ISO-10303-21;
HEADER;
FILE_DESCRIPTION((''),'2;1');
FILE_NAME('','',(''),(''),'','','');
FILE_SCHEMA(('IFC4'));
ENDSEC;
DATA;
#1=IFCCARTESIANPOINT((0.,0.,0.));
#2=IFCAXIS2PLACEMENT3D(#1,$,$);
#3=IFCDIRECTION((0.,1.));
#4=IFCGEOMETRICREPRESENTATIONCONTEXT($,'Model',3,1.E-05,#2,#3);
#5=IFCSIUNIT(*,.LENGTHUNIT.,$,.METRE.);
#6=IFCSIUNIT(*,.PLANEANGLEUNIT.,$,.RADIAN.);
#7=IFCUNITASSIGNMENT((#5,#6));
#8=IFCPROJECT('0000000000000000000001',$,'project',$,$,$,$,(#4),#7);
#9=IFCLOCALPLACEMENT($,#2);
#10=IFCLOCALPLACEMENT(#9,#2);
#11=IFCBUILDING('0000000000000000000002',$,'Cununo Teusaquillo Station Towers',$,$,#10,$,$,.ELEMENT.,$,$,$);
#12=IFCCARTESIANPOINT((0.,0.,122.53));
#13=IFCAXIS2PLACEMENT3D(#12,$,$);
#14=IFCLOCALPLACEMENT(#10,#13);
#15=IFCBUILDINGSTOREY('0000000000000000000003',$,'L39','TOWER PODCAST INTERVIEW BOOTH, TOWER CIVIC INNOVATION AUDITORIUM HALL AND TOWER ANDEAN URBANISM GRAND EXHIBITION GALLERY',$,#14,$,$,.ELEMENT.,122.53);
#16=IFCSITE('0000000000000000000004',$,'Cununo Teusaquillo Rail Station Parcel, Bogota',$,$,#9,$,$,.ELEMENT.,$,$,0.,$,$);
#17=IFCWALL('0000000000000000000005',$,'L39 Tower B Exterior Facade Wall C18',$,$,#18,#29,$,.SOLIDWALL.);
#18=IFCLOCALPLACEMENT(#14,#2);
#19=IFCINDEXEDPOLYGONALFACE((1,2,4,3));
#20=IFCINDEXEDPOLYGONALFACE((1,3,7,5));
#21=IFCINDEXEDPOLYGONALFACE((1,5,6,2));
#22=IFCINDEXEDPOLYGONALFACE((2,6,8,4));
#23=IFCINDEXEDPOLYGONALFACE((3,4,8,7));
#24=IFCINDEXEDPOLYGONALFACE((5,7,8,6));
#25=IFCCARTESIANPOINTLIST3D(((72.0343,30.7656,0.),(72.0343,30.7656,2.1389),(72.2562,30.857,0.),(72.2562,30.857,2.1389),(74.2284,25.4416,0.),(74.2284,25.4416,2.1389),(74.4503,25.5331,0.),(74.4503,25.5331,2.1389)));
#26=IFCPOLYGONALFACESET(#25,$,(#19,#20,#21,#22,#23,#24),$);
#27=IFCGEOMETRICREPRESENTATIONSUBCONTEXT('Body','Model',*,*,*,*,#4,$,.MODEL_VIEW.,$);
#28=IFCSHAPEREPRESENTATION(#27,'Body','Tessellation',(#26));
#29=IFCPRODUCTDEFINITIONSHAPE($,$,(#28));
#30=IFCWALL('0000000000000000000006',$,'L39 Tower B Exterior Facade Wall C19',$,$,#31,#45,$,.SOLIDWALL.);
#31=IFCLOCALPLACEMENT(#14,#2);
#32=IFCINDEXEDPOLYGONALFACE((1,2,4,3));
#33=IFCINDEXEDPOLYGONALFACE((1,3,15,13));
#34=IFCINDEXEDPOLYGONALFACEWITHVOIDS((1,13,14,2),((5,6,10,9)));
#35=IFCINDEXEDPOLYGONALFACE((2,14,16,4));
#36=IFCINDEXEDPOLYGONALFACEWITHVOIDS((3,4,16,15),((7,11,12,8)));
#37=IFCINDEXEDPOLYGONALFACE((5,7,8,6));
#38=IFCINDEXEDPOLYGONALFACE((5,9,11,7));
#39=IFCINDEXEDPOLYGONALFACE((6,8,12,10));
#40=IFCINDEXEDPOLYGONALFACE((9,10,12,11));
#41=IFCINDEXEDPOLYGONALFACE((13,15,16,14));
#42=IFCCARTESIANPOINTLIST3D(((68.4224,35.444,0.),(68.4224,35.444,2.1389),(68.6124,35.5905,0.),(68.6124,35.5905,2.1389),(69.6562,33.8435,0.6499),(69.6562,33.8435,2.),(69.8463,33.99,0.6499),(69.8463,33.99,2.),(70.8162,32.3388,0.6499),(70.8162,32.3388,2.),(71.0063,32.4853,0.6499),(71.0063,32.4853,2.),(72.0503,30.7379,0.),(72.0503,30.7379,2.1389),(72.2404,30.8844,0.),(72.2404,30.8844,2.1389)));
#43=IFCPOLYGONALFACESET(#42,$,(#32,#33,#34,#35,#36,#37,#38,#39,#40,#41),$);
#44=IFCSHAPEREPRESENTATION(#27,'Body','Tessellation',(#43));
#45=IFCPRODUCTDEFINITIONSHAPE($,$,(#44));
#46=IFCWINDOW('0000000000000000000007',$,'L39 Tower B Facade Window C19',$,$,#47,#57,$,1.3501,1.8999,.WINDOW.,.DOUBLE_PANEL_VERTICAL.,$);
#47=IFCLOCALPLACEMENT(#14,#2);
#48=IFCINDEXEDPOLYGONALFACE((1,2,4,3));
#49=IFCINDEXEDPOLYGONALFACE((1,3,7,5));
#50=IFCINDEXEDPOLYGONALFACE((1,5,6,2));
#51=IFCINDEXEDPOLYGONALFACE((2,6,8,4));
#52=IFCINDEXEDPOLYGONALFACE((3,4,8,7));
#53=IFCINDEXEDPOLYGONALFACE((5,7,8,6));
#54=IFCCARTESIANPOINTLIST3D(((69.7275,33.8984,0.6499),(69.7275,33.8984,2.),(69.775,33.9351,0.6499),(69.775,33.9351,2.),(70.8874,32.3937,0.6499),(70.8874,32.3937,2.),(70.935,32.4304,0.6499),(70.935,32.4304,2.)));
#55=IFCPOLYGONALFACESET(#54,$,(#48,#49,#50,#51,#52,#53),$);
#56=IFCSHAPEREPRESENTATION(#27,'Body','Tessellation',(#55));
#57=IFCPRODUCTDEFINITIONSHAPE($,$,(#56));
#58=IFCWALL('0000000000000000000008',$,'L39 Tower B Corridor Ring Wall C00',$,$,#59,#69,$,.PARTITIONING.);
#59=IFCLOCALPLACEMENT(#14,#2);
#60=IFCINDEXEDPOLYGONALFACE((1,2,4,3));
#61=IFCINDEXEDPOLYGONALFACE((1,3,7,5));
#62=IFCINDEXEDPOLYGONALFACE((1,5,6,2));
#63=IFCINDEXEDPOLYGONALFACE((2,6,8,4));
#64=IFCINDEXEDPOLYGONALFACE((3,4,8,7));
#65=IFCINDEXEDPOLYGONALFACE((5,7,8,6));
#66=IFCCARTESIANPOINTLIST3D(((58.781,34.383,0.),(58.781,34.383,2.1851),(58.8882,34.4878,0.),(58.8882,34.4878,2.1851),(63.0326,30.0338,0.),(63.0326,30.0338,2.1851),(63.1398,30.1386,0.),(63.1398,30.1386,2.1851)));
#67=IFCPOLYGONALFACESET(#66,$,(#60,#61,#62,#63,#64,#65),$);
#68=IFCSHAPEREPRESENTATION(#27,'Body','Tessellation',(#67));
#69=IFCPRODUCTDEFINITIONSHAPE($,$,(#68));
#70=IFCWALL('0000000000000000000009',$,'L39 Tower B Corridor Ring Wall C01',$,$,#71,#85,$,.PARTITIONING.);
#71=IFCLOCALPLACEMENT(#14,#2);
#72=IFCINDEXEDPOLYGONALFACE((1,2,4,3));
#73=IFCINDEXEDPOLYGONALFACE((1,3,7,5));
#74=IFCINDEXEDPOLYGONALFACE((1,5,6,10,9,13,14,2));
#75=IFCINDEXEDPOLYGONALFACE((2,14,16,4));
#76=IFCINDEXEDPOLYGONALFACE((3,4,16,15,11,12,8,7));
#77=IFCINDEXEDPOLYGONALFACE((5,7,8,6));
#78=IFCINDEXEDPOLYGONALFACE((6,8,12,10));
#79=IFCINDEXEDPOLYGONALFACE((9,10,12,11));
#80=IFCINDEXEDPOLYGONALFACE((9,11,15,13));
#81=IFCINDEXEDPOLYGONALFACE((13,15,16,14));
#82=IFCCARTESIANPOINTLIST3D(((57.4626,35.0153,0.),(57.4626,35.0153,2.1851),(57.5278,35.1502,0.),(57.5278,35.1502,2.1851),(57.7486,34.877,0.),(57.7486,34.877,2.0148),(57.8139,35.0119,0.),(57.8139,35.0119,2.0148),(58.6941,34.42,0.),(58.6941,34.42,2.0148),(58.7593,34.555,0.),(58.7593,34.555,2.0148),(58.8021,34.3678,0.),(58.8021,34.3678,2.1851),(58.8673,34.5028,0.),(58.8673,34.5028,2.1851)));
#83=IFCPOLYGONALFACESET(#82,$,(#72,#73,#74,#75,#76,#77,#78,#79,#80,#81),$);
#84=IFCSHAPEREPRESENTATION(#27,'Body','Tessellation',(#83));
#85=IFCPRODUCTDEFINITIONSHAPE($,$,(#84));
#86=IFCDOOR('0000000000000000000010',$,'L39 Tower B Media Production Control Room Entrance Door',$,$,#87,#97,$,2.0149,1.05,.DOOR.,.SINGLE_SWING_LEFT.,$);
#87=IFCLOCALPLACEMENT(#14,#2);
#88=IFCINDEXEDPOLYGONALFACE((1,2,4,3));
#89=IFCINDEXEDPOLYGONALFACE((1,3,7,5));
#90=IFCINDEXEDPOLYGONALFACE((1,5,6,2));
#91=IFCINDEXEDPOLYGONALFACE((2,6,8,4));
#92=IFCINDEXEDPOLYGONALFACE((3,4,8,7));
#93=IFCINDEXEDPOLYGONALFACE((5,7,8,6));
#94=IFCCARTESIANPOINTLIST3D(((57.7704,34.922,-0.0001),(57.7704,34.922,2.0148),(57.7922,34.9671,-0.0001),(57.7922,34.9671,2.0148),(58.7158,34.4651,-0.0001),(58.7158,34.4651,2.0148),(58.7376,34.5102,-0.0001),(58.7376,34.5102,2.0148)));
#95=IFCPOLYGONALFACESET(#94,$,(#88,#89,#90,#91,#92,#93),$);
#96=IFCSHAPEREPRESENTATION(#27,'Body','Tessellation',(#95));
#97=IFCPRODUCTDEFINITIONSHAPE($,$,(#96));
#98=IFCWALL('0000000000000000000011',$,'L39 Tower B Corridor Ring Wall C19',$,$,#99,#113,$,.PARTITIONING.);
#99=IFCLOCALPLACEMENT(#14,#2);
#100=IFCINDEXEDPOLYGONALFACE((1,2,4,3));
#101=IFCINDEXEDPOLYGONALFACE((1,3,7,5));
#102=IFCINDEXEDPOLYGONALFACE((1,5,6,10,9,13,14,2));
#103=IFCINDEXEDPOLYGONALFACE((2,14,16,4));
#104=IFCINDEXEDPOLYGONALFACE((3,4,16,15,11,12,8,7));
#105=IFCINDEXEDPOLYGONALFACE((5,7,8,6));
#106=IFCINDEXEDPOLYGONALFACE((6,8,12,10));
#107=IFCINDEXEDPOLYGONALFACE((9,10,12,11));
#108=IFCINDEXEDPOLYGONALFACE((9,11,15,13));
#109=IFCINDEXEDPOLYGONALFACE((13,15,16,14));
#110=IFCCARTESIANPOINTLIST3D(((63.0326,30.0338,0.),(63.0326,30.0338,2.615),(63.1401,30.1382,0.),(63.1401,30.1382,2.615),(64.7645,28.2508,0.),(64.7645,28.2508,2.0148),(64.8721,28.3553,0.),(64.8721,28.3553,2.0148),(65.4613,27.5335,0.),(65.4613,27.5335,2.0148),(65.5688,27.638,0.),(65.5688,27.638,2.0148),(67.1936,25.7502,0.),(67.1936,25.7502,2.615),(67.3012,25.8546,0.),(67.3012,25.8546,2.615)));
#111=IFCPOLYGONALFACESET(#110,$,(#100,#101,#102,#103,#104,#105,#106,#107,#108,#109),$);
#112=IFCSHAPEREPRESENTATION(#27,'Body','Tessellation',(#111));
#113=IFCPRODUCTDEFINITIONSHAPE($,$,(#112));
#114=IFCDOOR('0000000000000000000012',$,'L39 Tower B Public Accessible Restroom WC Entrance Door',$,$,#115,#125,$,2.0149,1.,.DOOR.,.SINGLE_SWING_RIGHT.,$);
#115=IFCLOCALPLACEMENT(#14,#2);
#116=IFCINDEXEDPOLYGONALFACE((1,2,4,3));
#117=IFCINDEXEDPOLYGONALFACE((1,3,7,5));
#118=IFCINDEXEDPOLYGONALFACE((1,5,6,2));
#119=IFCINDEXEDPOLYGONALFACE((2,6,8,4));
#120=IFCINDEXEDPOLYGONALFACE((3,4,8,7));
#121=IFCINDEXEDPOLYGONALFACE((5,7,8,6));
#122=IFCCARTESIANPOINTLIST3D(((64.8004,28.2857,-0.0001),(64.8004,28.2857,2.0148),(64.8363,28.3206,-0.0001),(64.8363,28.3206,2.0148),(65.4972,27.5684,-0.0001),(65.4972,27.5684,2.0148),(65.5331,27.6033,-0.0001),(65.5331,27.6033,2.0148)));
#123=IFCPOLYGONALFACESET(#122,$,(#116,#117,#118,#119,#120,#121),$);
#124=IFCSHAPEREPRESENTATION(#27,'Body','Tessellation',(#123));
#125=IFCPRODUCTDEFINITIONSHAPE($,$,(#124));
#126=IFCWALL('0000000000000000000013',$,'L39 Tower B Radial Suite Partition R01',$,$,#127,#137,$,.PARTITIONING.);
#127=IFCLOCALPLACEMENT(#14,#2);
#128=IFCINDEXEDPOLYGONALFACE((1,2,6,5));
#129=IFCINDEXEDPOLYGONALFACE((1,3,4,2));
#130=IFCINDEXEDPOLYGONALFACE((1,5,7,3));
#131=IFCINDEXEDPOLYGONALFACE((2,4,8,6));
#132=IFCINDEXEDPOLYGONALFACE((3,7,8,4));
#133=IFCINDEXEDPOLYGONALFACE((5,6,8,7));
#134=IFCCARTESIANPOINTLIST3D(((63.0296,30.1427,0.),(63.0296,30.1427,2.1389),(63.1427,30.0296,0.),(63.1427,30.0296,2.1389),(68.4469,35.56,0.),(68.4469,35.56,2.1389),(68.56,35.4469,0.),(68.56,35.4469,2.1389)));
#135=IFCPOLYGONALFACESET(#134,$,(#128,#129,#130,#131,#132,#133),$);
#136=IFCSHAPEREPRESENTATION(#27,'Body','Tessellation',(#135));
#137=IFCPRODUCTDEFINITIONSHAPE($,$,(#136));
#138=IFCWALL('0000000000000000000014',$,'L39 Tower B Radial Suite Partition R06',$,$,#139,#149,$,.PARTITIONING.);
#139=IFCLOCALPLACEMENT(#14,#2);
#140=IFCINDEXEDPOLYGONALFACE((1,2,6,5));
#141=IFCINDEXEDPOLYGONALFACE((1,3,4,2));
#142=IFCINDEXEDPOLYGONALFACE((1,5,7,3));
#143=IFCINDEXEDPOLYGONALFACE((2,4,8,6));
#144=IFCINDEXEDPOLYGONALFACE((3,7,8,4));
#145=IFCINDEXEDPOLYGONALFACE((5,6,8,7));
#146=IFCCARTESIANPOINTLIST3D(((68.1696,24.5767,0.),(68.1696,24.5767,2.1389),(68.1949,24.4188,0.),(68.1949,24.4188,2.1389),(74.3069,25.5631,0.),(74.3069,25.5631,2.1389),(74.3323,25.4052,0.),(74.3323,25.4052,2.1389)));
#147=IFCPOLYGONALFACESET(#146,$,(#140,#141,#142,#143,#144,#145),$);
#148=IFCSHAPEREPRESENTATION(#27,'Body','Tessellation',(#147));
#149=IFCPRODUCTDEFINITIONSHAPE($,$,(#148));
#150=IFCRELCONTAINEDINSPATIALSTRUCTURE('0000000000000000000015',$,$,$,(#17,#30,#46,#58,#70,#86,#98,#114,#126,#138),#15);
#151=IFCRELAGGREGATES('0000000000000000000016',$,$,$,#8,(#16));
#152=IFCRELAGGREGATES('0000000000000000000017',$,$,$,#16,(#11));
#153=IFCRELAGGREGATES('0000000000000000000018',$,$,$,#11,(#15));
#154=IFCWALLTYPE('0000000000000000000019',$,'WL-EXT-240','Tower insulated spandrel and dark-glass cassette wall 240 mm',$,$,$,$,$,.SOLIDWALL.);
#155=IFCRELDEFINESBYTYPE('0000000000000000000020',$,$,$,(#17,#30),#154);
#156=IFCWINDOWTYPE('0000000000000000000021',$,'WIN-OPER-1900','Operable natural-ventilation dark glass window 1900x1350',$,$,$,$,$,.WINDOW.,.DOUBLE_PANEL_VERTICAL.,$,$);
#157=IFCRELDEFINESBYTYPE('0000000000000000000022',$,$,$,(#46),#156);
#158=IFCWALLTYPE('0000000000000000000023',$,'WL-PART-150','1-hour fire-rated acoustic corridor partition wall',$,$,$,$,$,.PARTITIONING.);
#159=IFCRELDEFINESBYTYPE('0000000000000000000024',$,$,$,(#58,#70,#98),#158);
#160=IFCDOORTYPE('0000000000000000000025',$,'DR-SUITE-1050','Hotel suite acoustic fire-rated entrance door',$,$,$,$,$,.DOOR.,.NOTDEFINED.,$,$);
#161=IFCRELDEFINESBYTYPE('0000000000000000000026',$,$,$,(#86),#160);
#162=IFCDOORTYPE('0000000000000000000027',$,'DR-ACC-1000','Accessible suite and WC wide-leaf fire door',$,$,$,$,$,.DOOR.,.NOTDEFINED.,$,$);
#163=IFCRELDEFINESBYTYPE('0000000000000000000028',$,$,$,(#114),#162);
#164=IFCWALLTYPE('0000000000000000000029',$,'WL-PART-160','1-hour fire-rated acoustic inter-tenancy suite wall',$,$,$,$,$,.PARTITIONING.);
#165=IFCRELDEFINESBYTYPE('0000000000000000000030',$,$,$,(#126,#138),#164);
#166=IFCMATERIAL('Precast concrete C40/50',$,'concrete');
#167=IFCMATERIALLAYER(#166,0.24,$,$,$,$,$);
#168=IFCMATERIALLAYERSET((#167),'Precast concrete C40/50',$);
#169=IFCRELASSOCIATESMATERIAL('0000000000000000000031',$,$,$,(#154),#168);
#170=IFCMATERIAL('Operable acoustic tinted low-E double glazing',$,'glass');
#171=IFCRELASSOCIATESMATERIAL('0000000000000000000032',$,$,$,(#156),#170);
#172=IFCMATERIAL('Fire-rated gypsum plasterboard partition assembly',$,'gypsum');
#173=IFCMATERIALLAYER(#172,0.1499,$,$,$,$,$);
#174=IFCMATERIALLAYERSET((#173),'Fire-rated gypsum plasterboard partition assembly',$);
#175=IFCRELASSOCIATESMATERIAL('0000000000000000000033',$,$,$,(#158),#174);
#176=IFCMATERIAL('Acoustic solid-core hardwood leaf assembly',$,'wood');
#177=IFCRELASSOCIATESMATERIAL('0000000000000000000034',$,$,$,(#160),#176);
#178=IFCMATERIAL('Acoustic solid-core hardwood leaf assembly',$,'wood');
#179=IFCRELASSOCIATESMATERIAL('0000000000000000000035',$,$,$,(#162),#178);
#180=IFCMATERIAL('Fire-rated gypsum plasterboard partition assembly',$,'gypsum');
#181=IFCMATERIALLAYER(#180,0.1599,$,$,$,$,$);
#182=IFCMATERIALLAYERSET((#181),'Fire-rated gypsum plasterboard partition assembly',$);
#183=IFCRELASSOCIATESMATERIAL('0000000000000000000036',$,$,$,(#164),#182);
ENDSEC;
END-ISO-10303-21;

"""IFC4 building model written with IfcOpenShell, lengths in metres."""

from ifc_helpers import new_model, si_unit, direction, frame, frame_2d, origin, place, context, subcontext, project, spatial, rectangle, extrude, source, transform, mapped, material, layer, layer_set, type_object, element, fill, save


model = new_model("IFC4")

# Units and contexts
model_context = context("Model", 3, precision=1e-05, world=origin(), true_north=direction((0.0, 1.0)))
body_context = subcontext(model_context, "Body", "Model", "MODEL_VIEW")
ifc_project = project(units=[si_unit("LENGTHUNIT", "METRE"), si_unit("PLANEANGLEUNIT", "RADIAN")], contexts=[model_context])

# Site, building, storey
site_placement = place(None, origin())
site = spatial("IfcSite", under=ifc_project, at=site_placement, Name="Cununo Teusaquillo Rail Station Parcel, Bogota", CompositionType="ELEMENT", RefElevation=0.0)
building_placement = place(site_placement, origin())
building = spatial("IfcBuilding", under=site, at=building_placement, Name="Cununo Teusaquillo Station Towers", CompositionType="ELEMENT")
storey_placement = place(building_placement, frame((0.0, 0.0, 122.53)))
storey = spatial("IfcBuildingStorey", under=building, at=storey_placement, Name="L39", Description="TOWER PODCAST INTERVIEW BOOTH, TOWER CIVIC INNOVATION AUDITORIUM HALL AND TOWER ANDEAN URBANISM GRAND EXHIBITION GALLERY", CompositionType="ELEMENT", Elevation=122.53)

# Shared definitions
ifc_material_1 = material(Name="Precast concrete C40/50", Category="concrete")
ifc_layer_1 = layer(ifc_material_1, 0.24)
ifc_layer_set_1 = layer_set([ifc_layer_1], Name="Precast concrete C40/50")
wall_type_1 = type_object("IfcWallType", Name="WL-EXT-240", Description="Tower insulated spandrel and dark-glass cassette wall 240 mm", PredefinedType="SOLIDWALL", material=ifc_layer_set_1)
shared_shape_1 = source(origin(), body_context, "Body", "SweptSolid", [
    extrude(rectangle(XDim=1.8999, YDim=1.3501, at=frame_2d((0.95, 0.675))), frame((0.0, 0.1299, 0.0), z_axis=(0.0, -1.0, 0.0), x_axis=(1.0, 0.0, 0.0)), (0.0, 0.0, 1.0), 0.26),
])
ifc_material_2 = material(Name="Operable acoustic tinted low-E double glazing", Category="glass")
window_type = type_object("IfcWindowType", Name="WIN-OPER-1900", Description="Operable natural-ventilation dark glass window 1900x1350", PartitioningType="DOUBLE_PANEL_VERTICAL", PredefinedType="WINDOW", material=ifc_material_2)
shared_shape_2 = source(origin(), body_context, "Body", "SweptSolid", [
    extrude(rectangle(XDim=1.8999, YDim=1.3501, at=frame_2d((0.95, 0.675))), frame((0.0, 0.03, 0.0), z_axis=(0.0, -1.0, 0.0), x_axis=(1.0, 0.0, 0.0)), (0.0, 0.0, 1.0), 0.0601),
])

# Wall
wall_1_placement = place(storey_placement, frame((72.1453, 30.8113, 0.0), z_axis=(0.0, 0.0, 1.0), x_axis=(0.381027, -0.924564, 0.0)))
element("IfcWall", 1, at=wall_1_placement, inside=storey, type_object=wall_type_1, Name="L39 Tower B Exterior Facade Wall C18", PredefinedType="SOLIDWALL", context=body_context, shape_type="SweptSolid", body=[
    extrude(rectangle(XDim=5.7583, YDim=0.24, at=frame_2d((2.8792, 0.0))), origin(), (0.0, 0.0, 1.0), 2.1389),
])

# Wall, opening, window
wall_2_placement = place(storey_placement, frame((68.5173, 35.5173, 0.0), z_axis=(0.0, 0.0, 1.0), x_axis=(0.610544, -0.791982, 0.0)))
wall_2 = element("IfcWall", 2, at=wall_2_placement, inside=storey, type_object=wall_type_1, Name="L39 Tower B Exterior Facade Wall C19", PredefinedType="SOLIDWALL", context=body_context, shape_type="SweptSolid", body=[
    extrude(rectangle(XDim=5.9421, YDim=0.24, at=frame_2d((2.9712, 0.0))), origin(), (0.0, 0.0, 1.0), 2.1389),
])
opening_1_placement = place(wall_2_placement, frame((2.021, 0.0, 0.6499)))
opening_1 = element("IfcOpeningElement", 3, at=opening_1_placement, cuts=wall_2, PredefinedType="OPENING", context=body_context, shape_type="MappedRepresentation", body=[
    mapped(shared_shape_1, transform((0.0, 0.0, 0.0), x_axis=(1.0, 0.0, 0.0), y_axis=(0.0, 1.0, 0.0), z_axis=(0.0, 0.0, 1.0), scale=1.0)),
])
window_1_placement = place(opening_1_placement, origin())
window_1 = element("IfcWindow", 4, at=window_1_placement, inside=storey, type_object=window_type, Name="L39 Tower B Facade Window C19", OverallHeight=1.3501, OverallWidth=1.8999, PartitioningType="DOUBLE_PANEL_VERTICAL", PredefinedType="WINDOW", context=body_context, shape_type="MappedRepresentation", body=[
    mapped(shared_shape_2, transform((0.0, 0.0, 0.0), x_axis=(1.0, 0.0, 0.0), y_axis=(0.0, 1.0, 0.0), z_axis=(0.0, 0.0, 1.0), scale=1.0)),
])
fill(opening_1, window_1)

# Wall
ifc_material_3 = material(Name="Fire-rated gypsum plasterboard partition assembly", Category="gypsum")
ifc_layer_2 = layer(ifc_material_3, 0.1499)
ifc_layer_set_2 = layer_set([ifc_layer_2], Name="Fire-rated gypsum plasterboard partition assembly")
wall_type_2 = type_object("IfcWallType", Name="WL-PART-150", Description="1-hour fire-rated acoustic corridor partition wall", PredefinedType="PARTITIONING", material=ifc_layer_set_2)
wall_3_placement = place(storey_placement, frame((63.0862, 30.0862, 0.0), z_axis=(0.0, 0.0, 1.0), x_axis=(-0.699033, 0.71509, 0.0)))
element("IfcWall", 5, at=wall_3_placement, inside=storey, type_object=wall_type_2, Name="L39 Tower B Corridor Ring Wall C00", PredefinedType="PARTITIONING", context=body_context, shape_type="SweptSolid", body=[
    extrude(rectangle(XDim=6.082, YDim=0.1499, at=frame_2d((3.041, 0.0))), origin(), (0.0, 0.0, 1.0), 2.1851),
])

# Walls, openings, doors
wall_4_placement = place(storey_placement, frame((58.8347, 34.4353, 0.0), z_axis=(0.0, 0.0, 1.0), x_axis=(-0.900352, 0.435162, 0.0)))
wall_4 = element("IfcWall", 6, at=wall_4_placement, inside=storey, type_object=wall_type_2, Name="L39 Tower B Corridor Ring Wall C01", PredefinedType="PARTITIONING", context=body_context, shape_type="SweptSolid", body=[
    extrude(rectangle(XDim=1.4878, YDim=0.1499, at=frame_2d((0.7439, 0.0))), origin(), (0.0, 0.0, 1.0), 2.1851),
])
shared_shape_3 = source(origin(), body_context, "Body", "SweptSolid", [
    extrude(rectangle(XDim=1.05, YDim=2.0149, at=frame_2d((0.5249, 1.0073))), frame((0.0, 0.085, 0.0), z_axis=(0.0, -1.0, 0.0), x_axis=(1.0, 0.0, 0.0)), (0.0, 0.0, 1.0), 0.1699),
])
opening_2_placement = place(wall_4_placement, frame((0.1201, 0.0, 0.0)))
opening_2 = element("IfcOpeningElement", 7, at=opening_2_placement, cuts=wall_4, PredefinedType="OPENING", context=body_context, shape_type="MappedRepresentation", body=[
    mapped(shared_shape_3, transform((0.0, 0.0, 0.0), x_axis=(1.0, 0.0, 0.0), y_axis=(0.0, 1.0, 0.0), z_axis=(0.0, 0.0, 1.0), scale=1.0)),
])
ifc_material_4 = material(Name="Acoustic solid-core hardwood leaf assembly", Category="wood")
door_type_1 = type_object("IfcDoorType", Name="DR-SUITE-1050", Description="Hotel suite acoustic fire-rated entrance door", OperationType="NOTDEFINED", PredefinedType="DOOR", material=ifc_material_4)
shared_shape_4 = source(origin(), body_context, "Body", "SweptSolid", [
    extrude(rectangle(XDim=1.05, YDim=2.0149, at=frame_2d((0.5249, 1.0073))), frame((0.0, 0.0249, 0.0), z_axis=(0.0, -1.0, 0.0), x_axis=(1.0, 0.0, 0.0)), (0.0, 0.0, 1.0), 0.05),
])
door_1_placement = place(opening_2_placement, origin())
door_1 = element("IfcDoor", 8, at=door_1_placement, inside=storey, type_object=door_type_1, Name="L39 Tower B Media Production Control Room Entrance Door", OperationType="SINGLE_SWING_LEFT", OverallHeight=2.0149, OverallWidth=1.05, PredefinedType="DOOR", context=body_context, shape_type="MappedRepresentation", body=[
    mapped(shared_shape_4, transform((0.0, 0.0, 0.0), x_axis=(1.0, 0.0, 0.0), y_axis=(0.0, 1.0, 0.0), z_axis=(0.0, 0.0, 1.0), scale=1.0)),
])
fill(opening_2, door_1)
wall_5_placement = place(storey_placement, frame((67.2473, 25.8025, 0.0), z_axis=(0.0, 0.0, 1.0), x_axis=(-0.696771, 0.717293, 0.0)))
wall_5 = element("IfcWall", 9, at=wall_5_placement, inside=storey, type_object=wall_type_2, Name="L39 Tower B Corridor Ring Wall C19", PredefinedType="PARTITIONING", context=body_context, shape_type="SweptSolid", body=[
    extrude(rectangle(XDim=5.9719, YDim=0.1499, at=frame_2d((2.9858, 0.0))), origin(), (0.0, 0.0, 1.0), 2.615),
])
shared_shape_5 = source(origin(), body_context, "Body", "SweptSolid", [
    extrude(rectangle(XDim=1.0, YDim=2.0149, at=frame_2d((0.5, 1.0073))), frame((0.0, 0.085, 0.0), z_axis=(0.0, -1.0, 0.0), x_axis=(1.0, 0.0, 0.0)), (0.0, 0.0, 1.0), 0.1699),
])
opening_3_placement = place(wall_5_placement, frame((2.4861, 0.0, 0.0)))
opening_3 = element("IfcOpeningElement", 10, at=opening_3_placement, cuts=wall_5, PredefinedType="OPENING", context=body_context, shape_type="MappedRepresentation", body=[
    mapped(shared_shape_5, transform((0.0, 0.0, 0.0), x_axis=(1.0, 0.0, 0.0), y_axis=(0.0, 1.0, 0.0), z_axis=(0.0, 0.0, 1.0), scale=1.0)),
])
ifc_material_5 = material(Name="Acoustic solid-core hardwood leaf assembly", Category="wood")
door_type_2 = type_object("IfcDoorType", Name="DR-ACC-1000", Description="Accessible suite and WC wide-leaf fire door", OperationType="NOTDEFINED", PredefinedType="DOOR", material=ifc_material_5)
shared_shape_6 = source(origin(), body_context, "Body", "SweptSolid", [
    extrude(rectangle(XDim=1.0, YDim=2.0149, at=frame_2d((0.5, 1.0073))), frame((0.0, 0.0249, 0.0), z_axis=(0.0, -1.0, 0.0), x_axis=(1.0, 0.0, 0.0)), (0.0, 0.0, 1.0), 0.05),
])
door_2_placement = place(opening_3_placement, origin())
door_2 = element("IfcDoor", 11, at=door_2_placement, inside=storey, type_object=door_type_2, Name="L39 Tower B Public Accessible Restroom WC Entrance Door", OperationType="SINGLE_SWING_RIGHT", OverallHeight=2.0149, OverallWidth=1.0, PredefinedType="DOOR", context=body_context, shape_type="MappedRepresentation", body=[
    mapped(shared_shape_6, transform((0.0, 0.0, 0.0), x_axis=(1.0, 0.0, 0.0), y_axis=(0.0, 1.0, 0.0), z_axis=(0.0, 0.0, 1.0), scale=1.0)),
])
fill(opening_3, door_2)

# Walls
ifc_material_6 = material(Name="Fire-rated gypsum plasterboard partition assembly", Category="gypsum")
ifc_layer_3 = layer(ifc_material_6, 0.1599)
ifc_layer_set_3 = layer_set([ifc_layer_3], Name="Fire-rated gypsum plasterboard partition assembly")
wall_type_3 = type_object("IfcWallType", Name="WL-PART-160", Description="1-hour fire-rated acoustic inter-tenancy suite wall", PredefinedType="PARTITIONING", material=ifc_layer_set_3)
wall_6_placement = place(storey_placement, frame((63.0862, 30.0862, 0.0), z_axis=(0.0, 0.0, 1.0), x_axis=(0.707107, 0.707107, 0.0)))
element("IfcWall", 12, at=wall_6_placement, inside=storey, type_object=wall_type_3, Name="L39 Tower B Radial Suite Partition R01", PredefinedType="PARTITIONING", context=body_context, shape_type="SweptSolid", body=[
    extrude(rectangle(XDim=7.6611, YDim=0.1599, at=frame_2d((3.8306, 0.0))), origin(), (0.0, 0.0, 1.0), 2.1389),
])
wall_7_placement = place(storey_placement, frame((68.1824, 24.4978, 0.0), z_axis=(0.0, 0.0, 1.0), x_axis=(0.987331, 0.158677, 0.0)))
element("IfcWall", 13, at=wall_7_placement, inside=storey, type_object=wall_type_3, Name="L39 Tower B Radial Suite Partition R06", PredefinedType="PARTITIONING", context=body_context, shape_type="SweptSolid", body=[
    extrude(rectangle(XDim=6.2161, YDim=0.1599, at=frame_2d((3.1079, 0.0))), origin(), (0.0, 0.0, 1.0), 2.1389),
])

save(model, "model.ifc")
